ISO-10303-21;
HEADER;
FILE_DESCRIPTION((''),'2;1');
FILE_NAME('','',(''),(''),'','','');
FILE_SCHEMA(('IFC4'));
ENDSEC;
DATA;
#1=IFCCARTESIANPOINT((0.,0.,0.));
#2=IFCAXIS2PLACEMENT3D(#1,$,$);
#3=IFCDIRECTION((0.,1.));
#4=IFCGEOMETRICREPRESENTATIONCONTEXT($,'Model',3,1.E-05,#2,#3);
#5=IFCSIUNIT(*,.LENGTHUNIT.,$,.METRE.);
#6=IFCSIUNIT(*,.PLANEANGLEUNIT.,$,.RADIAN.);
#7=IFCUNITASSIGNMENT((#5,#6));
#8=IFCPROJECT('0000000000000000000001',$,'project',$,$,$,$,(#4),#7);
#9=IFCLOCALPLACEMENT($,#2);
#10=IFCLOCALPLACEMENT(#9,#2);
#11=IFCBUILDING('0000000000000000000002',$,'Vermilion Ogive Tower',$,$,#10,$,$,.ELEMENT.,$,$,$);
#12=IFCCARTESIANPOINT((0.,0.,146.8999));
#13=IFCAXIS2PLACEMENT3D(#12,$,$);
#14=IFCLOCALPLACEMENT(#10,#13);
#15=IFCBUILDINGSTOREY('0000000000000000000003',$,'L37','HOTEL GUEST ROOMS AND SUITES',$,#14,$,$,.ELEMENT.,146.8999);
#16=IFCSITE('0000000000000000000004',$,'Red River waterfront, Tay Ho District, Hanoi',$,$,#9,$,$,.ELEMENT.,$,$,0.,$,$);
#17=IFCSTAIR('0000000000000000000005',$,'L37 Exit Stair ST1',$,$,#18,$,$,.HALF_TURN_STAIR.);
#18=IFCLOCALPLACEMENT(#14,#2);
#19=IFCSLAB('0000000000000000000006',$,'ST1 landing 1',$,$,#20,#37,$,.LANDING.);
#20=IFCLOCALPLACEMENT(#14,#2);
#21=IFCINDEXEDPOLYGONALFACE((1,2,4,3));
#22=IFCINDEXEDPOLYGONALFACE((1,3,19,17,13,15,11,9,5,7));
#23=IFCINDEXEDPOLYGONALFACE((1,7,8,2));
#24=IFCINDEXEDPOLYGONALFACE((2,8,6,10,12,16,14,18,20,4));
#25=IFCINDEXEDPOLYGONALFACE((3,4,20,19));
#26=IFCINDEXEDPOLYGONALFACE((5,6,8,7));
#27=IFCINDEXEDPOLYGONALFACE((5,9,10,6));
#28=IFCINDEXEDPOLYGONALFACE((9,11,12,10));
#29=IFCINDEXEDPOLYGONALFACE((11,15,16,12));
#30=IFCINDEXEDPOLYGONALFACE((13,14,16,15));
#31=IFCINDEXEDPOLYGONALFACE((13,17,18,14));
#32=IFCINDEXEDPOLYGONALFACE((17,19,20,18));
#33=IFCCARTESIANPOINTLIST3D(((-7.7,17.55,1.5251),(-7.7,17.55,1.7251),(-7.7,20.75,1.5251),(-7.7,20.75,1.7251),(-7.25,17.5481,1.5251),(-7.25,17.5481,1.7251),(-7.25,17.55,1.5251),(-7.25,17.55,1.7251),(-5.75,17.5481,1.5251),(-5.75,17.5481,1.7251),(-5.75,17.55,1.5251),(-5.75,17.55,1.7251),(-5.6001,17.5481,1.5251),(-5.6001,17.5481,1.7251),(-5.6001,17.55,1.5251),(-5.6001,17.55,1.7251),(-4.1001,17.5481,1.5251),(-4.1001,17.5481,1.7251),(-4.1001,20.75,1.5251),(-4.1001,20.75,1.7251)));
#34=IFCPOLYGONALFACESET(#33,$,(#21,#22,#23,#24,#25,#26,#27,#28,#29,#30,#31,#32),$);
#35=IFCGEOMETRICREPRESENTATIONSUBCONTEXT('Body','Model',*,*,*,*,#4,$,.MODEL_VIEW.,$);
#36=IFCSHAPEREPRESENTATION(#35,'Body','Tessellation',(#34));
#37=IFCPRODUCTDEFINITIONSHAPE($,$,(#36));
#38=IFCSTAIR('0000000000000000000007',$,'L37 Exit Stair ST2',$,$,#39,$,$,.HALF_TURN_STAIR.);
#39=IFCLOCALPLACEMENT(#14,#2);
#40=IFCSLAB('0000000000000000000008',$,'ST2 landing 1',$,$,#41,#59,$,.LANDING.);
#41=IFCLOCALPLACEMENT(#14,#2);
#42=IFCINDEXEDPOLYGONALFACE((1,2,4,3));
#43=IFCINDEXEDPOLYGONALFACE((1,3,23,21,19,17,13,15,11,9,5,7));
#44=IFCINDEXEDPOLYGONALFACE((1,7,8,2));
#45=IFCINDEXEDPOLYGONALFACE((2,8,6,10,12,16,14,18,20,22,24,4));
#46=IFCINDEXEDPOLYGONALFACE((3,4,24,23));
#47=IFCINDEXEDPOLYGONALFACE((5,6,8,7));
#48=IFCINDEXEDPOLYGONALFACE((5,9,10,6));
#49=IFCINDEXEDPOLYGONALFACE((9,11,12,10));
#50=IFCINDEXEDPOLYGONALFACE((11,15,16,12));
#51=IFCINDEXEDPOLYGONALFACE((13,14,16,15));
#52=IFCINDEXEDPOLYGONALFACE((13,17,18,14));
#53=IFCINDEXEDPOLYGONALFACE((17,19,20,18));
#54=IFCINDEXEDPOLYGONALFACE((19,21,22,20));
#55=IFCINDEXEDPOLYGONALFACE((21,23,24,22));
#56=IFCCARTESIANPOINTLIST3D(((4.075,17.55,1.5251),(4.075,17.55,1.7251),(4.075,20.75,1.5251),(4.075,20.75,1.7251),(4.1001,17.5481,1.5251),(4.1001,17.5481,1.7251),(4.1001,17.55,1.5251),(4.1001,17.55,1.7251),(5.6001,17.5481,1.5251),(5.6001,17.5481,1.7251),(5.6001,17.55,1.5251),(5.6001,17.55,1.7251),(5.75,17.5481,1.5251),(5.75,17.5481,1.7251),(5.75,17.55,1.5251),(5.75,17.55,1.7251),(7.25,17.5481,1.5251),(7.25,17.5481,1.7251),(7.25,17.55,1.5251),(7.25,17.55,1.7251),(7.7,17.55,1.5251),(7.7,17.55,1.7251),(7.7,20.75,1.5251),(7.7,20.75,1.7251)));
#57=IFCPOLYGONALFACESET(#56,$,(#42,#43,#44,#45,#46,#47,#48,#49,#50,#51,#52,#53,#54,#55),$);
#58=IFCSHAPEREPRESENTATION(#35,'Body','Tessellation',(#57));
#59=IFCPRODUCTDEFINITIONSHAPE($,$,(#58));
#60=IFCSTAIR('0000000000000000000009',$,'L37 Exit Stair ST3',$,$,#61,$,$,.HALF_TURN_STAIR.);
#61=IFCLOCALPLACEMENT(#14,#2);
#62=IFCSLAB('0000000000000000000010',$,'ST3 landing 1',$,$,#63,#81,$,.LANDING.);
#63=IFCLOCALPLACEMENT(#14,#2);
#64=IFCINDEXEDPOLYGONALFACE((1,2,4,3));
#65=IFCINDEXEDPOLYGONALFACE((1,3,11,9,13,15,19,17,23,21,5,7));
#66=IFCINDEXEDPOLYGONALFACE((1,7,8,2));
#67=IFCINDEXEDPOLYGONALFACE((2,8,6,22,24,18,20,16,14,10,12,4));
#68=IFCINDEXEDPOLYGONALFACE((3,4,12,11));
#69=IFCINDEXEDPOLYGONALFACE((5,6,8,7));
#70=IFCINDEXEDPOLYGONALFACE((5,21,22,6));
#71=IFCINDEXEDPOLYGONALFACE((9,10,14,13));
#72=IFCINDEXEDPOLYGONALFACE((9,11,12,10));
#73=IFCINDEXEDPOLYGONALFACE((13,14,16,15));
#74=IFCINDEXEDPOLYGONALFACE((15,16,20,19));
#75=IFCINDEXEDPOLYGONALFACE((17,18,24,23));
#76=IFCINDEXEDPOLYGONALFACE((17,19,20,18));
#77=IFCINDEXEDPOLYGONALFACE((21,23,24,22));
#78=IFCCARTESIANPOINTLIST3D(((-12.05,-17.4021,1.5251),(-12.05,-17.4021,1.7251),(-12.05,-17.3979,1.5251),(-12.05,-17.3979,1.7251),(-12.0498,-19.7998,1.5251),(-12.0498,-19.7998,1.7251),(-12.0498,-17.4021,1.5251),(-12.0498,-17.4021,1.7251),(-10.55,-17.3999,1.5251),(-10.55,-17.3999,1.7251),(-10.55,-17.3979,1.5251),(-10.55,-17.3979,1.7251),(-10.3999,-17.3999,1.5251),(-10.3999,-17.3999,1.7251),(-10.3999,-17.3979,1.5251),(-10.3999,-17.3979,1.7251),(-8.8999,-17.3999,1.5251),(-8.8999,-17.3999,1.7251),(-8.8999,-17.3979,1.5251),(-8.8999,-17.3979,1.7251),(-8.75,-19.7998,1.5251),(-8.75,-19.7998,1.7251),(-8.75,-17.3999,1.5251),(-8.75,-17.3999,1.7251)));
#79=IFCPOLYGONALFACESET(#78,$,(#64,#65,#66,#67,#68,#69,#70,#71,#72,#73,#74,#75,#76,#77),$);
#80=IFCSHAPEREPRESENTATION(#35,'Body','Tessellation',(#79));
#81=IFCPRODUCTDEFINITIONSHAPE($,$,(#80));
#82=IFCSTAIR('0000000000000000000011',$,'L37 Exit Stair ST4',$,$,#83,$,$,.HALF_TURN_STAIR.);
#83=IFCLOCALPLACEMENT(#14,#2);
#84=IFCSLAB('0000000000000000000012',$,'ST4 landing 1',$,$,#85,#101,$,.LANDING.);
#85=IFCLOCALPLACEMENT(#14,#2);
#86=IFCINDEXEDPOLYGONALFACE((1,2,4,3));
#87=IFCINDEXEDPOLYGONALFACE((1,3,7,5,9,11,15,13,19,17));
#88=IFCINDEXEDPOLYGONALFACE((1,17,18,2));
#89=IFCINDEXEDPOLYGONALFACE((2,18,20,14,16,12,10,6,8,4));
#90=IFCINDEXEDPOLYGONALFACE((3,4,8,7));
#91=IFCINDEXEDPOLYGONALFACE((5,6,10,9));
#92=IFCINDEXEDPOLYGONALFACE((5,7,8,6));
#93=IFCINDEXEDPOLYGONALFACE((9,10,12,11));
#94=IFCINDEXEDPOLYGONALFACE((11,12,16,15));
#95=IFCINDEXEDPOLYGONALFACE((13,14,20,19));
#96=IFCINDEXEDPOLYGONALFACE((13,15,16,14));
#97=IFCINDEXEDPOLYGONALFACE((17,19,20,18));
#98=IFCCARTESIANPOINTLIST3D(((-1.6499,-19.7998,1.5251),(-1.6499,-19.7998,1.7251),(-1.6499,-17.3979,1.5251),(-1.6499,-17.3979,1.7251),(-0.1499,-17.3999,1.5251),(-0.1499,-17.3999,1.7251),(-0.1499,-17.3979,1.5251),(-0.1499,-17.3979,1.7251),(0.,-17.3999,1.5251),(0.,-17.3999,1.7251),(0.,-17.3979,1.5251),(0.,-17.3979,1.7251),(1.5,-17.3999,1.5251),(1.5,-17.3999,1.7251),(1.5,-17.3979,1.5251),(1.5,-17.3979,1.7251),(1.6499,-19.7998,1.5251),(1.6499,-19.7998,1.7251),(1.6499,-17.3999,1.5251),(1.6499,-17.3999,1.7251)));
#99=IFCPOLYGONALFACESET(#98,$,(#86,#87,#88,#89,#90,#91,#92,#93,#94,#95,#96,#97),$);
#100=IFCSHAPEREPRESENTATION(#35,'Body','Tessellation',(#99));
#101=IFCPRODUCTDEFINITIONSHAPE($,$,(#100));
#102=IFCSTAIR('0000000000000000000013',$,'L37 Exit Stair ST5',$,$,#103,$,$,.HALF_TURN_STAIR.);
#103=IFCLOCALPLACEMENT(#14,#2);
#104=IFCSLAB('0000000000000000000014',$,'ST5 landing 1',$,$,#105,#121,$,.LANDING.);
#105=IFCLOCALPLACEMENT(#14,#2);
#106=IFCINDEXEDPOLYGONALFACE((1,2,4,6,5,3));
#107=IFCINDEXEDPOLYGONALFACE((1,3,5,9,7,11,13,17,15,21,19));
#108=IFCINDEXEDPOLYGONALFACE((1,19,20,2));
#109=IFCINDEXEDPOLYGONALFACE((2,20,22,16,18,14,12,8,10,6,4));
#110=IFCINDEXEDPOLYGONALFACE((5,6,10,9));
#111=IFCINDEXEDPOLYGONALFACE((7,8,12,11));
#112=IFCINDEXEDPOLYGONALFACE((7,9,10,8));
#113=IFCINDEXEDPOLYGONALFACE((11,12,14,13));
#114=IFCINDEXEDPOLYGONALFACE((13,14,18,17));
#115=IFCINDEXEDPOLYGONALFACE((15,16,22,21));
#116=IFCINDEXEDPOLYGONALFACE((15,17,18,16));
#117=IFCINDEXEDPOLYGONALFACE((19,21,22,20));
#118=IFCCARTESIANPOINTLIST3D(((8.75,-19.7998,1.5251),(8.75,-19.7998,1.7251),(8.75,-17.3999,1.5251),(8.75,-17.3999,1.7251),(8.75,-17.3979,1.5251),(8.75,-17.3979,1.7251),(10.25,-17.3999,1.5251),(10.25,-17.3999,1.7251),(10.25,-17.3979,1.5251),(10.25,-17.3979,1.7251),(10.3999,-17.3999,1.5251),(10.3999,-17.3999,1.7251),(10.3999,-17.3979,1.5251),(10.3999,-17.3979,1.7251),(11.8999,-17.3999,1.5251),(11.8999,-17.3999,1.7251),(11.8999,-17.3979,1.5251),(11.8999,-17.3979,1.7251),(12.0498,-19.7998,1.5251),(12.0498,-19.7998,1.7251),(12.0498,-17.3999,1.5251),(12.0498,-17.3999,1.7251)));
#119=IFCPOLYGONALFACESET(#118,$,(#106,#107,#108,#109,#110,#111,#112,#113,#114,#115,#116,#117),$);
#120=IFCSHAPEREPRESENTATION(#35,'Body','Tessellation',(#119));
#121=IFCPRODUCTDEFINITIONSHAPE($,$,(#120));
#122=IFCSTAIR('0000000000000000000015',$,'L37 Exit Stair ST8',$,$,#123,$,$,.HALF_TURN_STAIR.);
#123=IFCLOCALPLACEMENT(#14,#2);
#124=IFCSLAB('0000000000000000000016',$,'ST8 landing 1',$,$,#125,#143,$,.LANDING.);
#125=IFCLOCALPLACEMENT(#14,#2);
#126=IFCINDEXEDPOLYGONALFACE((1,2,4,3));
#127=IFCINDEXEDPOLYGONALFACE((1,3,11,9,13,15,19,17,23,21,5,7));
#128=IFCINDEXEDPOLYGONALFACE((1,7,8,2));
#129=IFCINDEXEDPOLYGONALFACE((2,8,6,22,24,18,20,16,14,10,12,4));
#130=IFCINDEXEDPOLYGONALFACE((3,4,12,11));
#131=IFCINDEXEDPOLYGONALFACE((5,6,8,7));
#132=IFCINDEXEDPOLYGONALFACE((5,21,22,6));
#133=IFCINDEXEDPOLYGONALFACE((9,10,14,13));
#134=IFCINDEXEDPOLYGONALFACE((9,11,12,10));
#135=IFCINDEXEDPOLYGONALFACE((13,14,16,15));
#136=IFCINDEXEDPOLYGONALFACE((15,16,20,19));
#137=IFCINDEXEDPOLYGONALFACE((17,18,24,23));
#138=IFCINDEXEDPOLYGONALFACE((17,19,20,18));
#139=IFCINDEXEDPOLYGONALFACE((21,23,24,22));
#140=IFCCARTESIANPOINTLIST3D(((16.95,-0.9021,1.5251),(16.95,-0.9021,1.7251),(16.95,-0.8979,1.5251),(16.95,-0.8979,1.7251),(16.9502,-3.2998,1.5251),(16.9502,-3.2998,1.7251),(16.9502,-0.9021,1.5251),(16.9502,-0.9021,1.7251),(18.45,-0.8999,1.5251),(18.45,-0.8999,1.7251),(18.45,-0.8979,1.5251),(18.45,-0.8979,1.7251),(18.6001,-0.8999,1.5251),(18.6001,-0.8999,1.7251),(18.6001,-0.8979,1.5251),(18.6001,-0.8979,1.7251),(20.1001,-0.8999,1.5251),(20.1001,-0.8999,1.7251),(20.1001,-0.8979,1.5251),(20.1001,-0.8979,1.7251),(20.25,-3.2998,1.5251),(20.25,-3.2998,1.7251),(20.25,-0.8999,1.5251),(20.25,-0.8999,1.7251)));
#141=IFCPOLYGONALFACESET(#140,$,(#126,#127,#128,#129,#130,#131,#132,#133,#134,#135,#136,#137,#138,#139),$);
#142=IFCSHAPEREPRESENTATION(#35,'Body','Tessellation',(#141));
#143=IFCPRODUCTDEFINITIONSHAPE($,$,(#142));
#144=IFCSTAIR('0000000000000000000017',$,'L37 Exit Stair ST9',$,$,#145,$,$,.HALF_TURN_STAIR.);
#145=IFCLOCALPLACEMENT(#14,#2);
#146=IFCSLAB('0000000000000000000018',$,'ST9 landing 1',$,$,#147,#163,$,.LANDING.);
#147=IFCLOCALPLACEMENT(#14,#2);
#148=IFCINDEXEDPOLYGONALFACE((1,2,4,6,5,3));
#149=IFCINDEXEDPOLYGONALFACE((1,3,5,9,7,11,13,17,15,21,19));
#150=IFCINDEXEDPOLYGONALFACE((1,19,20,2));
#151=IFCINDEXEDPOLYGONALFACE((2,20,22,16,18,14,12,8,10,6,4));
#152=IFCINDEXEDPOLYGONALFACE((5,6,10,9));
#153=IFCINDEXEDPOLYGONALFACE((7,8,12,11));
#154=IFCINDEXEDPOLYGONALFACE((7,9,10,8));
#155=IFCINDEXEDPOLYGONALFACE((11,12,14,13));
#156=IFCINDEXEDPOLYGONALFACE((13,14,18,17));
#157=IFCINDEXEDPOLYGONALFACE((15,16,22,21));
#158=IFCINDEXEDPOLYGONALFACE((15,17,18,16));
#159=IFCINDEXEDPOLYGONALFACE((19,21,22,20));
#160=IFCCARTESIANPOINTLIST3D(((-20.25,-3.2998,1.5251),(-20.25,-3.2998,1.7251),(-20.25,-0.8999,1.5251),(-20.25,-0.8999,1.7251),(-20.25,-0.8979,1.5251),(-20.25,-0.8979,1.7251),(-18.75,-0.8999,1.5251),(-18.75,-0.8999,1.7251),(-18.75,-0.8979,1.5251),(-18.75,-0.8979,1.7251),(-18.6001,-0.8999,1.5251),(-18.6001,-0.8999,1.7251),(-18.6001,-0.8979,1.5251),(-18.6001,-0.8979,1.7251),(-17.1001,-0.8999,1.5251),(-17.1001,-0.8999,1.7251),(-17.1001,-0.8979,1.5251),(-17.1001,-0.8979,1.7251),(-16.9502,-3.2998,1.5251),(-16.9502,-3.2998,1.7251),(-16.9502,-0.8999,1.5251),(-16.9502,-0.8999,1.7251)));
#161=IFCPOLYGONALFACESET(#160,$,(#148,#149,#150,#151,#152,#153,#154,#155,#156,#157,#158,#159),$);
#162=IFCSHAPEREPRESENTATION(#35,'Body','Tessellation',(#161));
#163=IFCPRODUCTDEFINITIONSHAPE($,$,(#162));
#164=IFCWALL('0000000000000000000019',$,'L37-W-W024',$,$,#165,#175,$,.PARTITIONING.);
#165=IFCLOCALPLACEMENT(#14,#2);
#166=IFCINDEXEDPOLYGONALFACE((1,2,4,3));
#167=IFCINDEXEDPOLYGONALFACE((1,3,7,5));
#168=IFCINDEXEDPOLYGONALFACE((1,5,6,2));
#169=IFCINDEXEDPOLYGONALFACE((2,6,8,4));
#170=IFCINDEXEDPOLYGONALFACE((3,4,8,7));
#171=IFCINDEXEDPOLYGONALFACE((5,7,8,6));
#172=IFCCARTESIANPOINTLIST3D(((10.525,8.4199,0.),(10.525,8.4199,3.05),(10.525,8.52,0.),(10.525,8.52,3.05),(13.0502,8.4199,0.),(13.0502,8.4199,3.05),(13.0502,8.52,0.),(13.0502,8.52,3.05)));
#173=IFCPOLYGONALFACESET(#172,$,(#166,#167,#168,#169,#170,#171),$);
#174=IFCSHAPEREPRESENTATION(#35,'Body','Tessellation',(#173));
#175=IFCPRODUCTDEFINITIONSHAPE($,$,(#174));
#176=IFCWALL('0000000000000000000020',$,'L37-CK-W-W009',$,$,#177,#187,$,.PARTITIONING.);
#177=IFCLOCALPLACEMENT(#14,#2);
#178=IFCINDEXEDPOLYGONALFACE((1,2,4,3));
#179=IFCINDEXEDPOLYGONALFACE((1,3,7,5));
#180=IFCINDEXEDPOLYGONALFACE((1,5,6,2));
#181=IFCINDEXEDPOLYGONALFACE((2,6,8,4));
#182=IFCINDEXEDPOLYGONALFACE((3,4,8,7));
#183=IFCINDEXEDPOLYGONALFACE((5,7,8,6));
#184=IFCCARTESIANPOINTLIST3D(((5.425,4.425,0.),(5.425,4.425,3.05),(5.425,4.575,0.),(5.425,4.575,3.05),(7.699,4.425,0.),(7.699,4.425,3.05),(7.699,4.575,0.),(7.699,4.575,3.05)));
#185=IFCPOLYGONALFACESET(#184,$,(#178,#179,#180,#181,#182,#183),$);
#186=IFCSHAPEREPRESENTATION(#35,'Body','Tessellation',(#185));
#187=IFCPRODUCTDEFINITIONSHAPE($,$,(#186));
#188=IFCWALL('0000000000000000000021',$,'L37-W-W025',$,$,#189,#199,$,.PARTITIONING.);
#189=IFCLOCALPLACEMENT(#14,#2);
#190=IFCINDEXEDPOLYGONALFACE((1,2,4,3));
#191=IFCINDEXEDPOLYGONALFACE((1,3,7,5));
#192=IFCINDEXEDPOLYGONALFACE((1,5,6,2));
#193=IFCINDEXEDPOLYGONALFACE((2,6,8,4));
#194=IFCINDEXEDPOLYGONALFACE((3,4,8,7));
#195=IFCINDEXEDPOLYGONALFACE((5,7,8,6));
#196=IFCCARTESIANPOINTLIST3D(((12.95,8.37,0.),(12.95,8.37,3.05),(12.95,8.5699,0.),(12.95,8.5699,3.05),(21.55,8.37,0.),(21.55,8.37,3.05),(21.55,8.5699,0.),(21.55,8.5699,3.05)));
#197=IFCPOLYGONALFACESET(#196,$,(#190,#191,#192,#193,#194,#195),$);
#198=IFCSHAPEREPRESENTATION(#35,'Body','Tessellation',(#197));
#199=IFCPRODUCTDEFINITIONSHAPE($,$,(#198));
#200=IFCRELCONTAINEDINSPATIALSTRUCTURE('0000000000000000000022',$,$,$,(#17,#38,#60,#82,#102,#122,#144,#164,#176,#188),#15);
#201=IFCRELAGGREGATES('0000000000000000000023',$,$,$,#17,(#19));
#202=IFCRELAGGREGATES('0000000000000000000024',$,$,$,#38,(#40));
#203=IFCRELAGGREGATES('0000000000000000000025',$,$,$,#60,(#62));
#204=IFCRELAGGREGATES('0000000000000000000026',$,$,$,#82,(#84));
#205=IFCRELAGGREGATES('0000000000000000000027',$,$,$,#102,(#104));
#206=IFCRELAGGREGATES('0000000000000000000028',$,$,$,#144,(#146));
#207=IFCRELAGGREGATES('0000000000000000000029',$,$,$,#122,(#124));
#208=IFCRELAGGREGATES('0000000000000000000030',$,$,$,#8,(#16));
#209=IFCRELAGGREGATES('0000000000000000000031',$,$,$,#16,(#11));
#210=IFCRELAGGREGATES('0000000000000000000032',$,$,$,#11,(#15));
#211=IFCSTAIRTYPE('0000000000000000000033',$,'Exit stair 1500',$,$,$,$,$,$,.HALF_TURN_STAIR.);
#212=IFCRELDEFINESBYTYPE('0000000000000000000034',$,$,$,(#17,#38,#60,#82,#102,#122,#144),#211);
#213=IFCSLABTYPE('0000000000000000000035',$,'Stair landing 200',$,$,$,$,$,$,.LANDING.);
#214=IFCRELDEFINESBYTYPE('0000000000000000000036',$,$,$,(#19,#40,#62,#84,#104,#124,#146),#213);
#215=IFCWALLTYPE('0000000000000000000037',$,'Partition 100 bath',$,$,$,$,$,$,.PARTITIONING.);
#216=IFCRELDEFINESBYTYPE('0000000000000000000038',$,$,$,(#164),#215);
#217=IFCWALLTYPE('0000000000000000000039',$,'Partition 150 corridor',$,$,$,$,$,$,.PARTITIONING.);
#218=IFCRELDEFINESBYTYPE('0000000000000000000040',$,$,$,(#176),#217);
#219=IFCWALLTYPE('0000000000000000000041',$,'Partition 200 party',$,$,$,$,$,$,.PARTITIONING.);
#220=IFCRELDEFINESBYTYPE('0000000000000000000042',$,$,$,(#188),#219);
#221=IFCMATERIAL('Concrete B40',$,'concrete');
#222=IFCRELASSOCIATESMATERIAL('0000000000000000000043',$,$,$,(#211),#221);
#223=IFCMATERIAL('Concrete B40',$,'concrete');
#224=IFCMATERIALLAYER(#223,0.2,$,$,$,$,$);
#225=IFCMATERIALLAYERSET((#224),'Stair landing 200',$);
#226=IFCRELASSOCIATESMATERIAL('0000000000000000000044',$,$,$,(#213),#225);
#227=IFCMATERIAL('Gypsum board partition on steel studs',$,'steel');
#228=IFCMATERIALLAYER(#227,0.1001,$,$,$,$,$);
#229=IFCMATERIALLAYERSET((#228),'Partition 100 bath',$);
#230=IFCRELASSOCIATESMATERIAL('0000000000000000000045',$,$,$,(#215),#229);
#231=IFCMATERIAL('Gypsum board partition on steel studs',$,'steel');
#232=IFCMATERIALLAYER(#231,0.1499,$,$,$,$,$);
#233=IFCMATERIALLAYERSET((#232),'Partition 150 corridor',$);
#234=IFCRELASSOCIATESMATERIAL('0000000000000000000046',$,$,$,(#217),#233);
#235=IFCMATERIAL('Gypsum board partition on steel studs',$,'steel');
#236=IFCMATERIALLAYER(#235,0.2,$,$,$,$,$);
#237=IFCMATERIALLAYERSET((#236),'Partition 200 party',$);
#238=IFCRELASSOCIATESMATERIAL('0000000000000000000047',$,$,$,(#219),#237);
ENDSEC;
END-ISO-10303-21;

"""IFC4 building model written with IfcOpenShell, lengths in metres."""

from ifc_helpers import new_model, si_unit, direction, frame, frame_2d, origin, place, context, subcontext, project, spatial, polyline, rectangle, outline, extrude, material, layer, layer_set, type_object, element, aggregate, save


model = new_model("IFC4")

# Units and contexts
model_context = context("Model", 3, precision=1e-05, world=origin(), true_north=direction((0.0, 1.0)))
body_context = subcontext(model_context, "Body", "Model", "MODEL_VIEW")
ifc_project = project(units=[si_unit("LENGTHUNIT", "METRE"), si_unit("PLANEANGLEUNIT", "RADIAN")], contexts=[model_context])

# Site, building, storey
site_placement = place(None, origin())
site = spatial("IfcSite", under=ifc_project, at=site_placement, Name="Red River waterfront, Tay Ho District, Hanoi", CompositionType="ELEMENT", RefElevation=0.0)
building_placement = place(site_placement, origin())
building = spatial("IfcBuilding", under=site, at=building_placement, Name="Vermilion Ogive Tower", CompositionType="ELEMENT")
storey_placement = place(building_placement, frame((0.0, 0.0, 146.8999)))
storey = spatial("IfcBuildingStorey", under=building, at=storey_placement, Name="L37", Description="HOTEL GUEST ROOMS AND SUITES", CompositionType="ELEMENT", Elevation=146.8999)

# Stairs, slabs
ifc_material_1 = material(Name="Concrete B40", Category="concrete")
stair_type = type_object("IfcStairType", Name="Exit stair 1500", PredefinedType="HALF_TURN_STAIR", material=ifc_material_1)
stair_1_placement = place(storey_placement, origin())
stair_1 = element("IfcStair", 1, at=stair_1_placement, inside=storey, type_object=stair_type, Name="L37 Exit Stair ST1", PredefinedType="HALF_TURN_STAIR")
ifc_material_2 = material(Name="Concrete B40", Category="concrete")
ifc_layer_1 = layer(ifc_material_2, 0.2)
ifc_layer_set_1 = layer_set([ifc_layer_1], Name="Stair landing 200")
slab_type_1 = type_object("IfcSlabType", Name="Stair landing 200", PredefinedType="LANDING", material=ifc_layer_set_1)
slab_1_placement = place(storey_placement, frame((0.0, 0.0, 1.5251)))
slab_1 = element("IfcSlab", 2, at=slab_1_placement, type_object=slab_type_1, Name="ST1 landing 1", PredefinedType="LANDING", context=body_context, shape_type="SweptSolid", body=[
    extrude(outline(polyline([(-7.7, 17.55), (-7.25, 17.55), (-7.25, 17.5481), (-5.75, 17.5481), (-5.75, 17.55), (-5.6001, 17.55), (-5.6001, 17.5481), (-4.1001, 17.5481), (-4.1001, 20.75), (-7.7, 20.75), (-7.7, 17.55)])), origin(), (0.0, 0.0, 1.0), 0.2),
])
aggregate(stair_1, [slab_1])
stair_2_placement = place(storey_placement, origin())
stair_2 = element("IfcStair", 3, at=stair_2_placement, inside=storey, type_object=stair_type, Name="L37 Exit Stair ST2", PredefinedType="HALF_TURN_STAIR")
slab_2_placement = place(storey_placement, frame((0.0, 0.0, 1.5251)))
slab_2 = element("IfcSlab", 4, at=slab_2_placement, type_object=slab_type_1, Name="ST2 landing 1", PredefinedType="LANDING", context=body_context, shape_type="SweptSolid", body=[
    extrude(outline(polyline([(5.6001, 17.55), (5.75, 17.55), (5.75, 17.5481), (7.25, 17.5481), (7.25, 17.55), (7.7, 17.55), (7.7, 20.75), (4.075, 20.75), (4.075, 17.55), (4.1001, 17.55), (4.1001, 17.5481), (5.6001, 17.5481), (5.6001, 17.55)])), origin(), (0.0, 0.0, 1.0), 0.2),
])
aggregate(stair_2, [slab_2])
stair_3_placement = place(storey_placement, origin())
stair_3 = element("IfcStair", 5, at=stair_3_placement, inside=storey, type_object=stair_type, Name="L37 Exit Stair ST3", PredefinedType="HALF_TURN_STAIR")
slab_3_placement = place(storey_placement, frame((0.0, 0.0, 1.5251)))
slab_3 = element("IfcSlab", 6, at=slab_3_placement, type_object=slab_type_1, Name="ST3 landing 1", PredefinedType="LANDING", context=body_context, shape_type="SweptSolid", body=[
    extrude(outline(polyline([(-8.75, -17.3999), (-8.8999, -17.3999), (-8.8999, -17.3979), (-10.3999, -17.3979), (-10.3999, -17.3999), (-10.55, -17.3999), (-10.55, -17.3979), (-12.05, -17.3979), (-12.05, -17.4021), (-12.0498, -17.4021), (-12.0498, -19.7998), (-8.75, -19.7998), (-8.75, -17.3999)])), origin(), (0.0, 0.0, 1.0), 0.2),
])
aggregate(stair_3, [slab_3])
stair_4_placement = place(storey_placement, origin())
stair_4 = element("IfcStair", 7, at=stair_4_placement, inside=storey, type_object=stair_type, Name="L37 Exit Stair ST4", PredefinedType="HALF_TURN_STAIR")
slab_4_placement = place(storey_placement, frame((0.0, 0.0, 1.5251)))
slab_4 = element("IfcSlab", 8, at=slab_4_placement, type_object=slab_type_1, Name="ST4 landing 1", PredefinedType="LANDING", context=body_context, shape_type="SweptSolid", body=[
    extrude(outline(polyline([(1.6499, -17.3999), (1.5, -17.3999), (1.5, -17.3979), (0.0, -17.3979), (0.0, -17.3999), (-0.1499, -17.3999), (-0.1499, -17.3979), (-1.6499, -17.3979), (-1.6499, -19.7998), (1.6499, -19.7998), (1.6499, -17.3999)])), origin(), (0.0, 0.0, 1.0), 0.2),
])
aggregate(stair_4, [slab_4])
stair_5_placement = place(storey_placement, origin())
stair_5 = element("IfcStair", 9, at=stair_5_placement, inside=storey, type_object=stair_type, Name="L37 Exit Stair ST5", PredefinedType="HALF_TURN_STAIR")
slab_5_placement = place(storey_placement, frame((0.0, 0.0, 1.5251)))
slab_5 = element("IfcSlab", 10, at=slab_5_placement, type_object=slab_type_1, Name="ST5 landing 1", PredefinedType="LANDING", context=body_context, shape_type="SweptSolid", body=[
    extrude(outline(polyline([(12.0498, -17.3999), (11.8999, -17.3999), (11.8999, -17.3979), (10.3999, -17.3979), (10.3999, -17.3999), (10.25, -17.3999), (10.25, -17.3979), (8.75, -17.3979), (8.75, -17.3999), (8.75, -17.3999), (8.75, -19.7998), (12.0498, -19.7998), (12.0498, -17.3999)])), origin(), (0.0, 0.0, 1.0), 0.2),
])
aggregate(stair_5, [slab_5])
stair_6_placement = place(storey_placement, origin())
stair_6 = element("IfcStair", 11, at=stair_6_placement, inside=storey, type_object=stair_type, Name="L37 Exit Stair ST8", PredefinedType="HALF_TURN_STAIR")
slab_6_placement = place(storey_placement, frame((0.0, 0.0, 1.5251)))
slab_6 = element("IfcSlab", 12, at=slab_6_placement, type_object=slab_type_1, Name="ST8 landing 1", PredefinedType="LANDING", context=body_context, shape_type="SweptSolid", body=[
    extrude(outline(polyline([(20.25, -0.8999), (20.1001, -0.8999), (20.1001, -0.8979), (18.6001, -0.8979), (18.6001, -0.8999), (18.45, -0.8999), (18.45, -0.8979), (16.95, -0.8979), (16.95, -0.9021), (16.9502, -0.9021), (16.9502, -3.2998), (20.25, -3.2998), (20.25, -0.8999)])), origin(), (0.0, 0.0, 1.0), 0.2),
])
stair_7_placement = place(storey_placement, origin())
stair_7 = element("IfcStair", 13, at=stair_7_placement, inside=storey, type_object=stair_type, Name="L37 Exit Stair ST9", PredefinedType="HALF_TURN_STAIR")
slab_7_placement = place(storey_placement, frame((0.0, 0.0, 1.5251)))
slab_7 = element("IfcSlab", 14, at=slab_7_placement, type_object=slab_type_1, Name="ST9 landing 1", PredefinedType="LANDING", context=body_context, shape_type="SweptSolid", body=[
    extrude(outline(polyline([(-16.9502, -0.8999), (-17.1001, -0.8999), (-17.1001, -0.8979), (-18.6001, -0.8979), (-18.6001, -0.8999), (-18.75, -0.8999), (-18.75, -0.8979), (-20.25, -0.8979), (-20.25, -0.8999), (-20.25, -0.8999), (-20.25, -3.2998), (-16.9502, -3.2998), (-16.9502, -0.8999)])), origin(), (0.0, 0.0, 1.0), 0.2),
])
aggregate(stair_7, [slab_7])

# Walls
ifc_material_3 = material(Name="Gypsum board partition on steel studs", Category="steel")
ifc_layer_2 = layer(ifc_material_3, 0.1001)
ifc_layer_set_2 = layer_set([ifc_layer_2], Name="Partition 100 bath")
wall_type_1 = type_object("IfcWallType", Name="Partition 100 bath", PredefinedType="PARTITIONING", material=ifc_layer_set_2)
wall_1_placement = place(storey_placement, frame((10.5249, 8.47, 0.0), z_axis=(0.0, 0.0, 1.0), x_axis=(1.0, 0.0, 0.0)))
element("IfcWall", 15, at=wall_1_placement, inside=storey, type_object=wall_type_1, Name="L37-W-W024", PredefinedType="PARTITIONING", context=body_context, shape_type="SweptSolid", body=[
    extrude(rectangle(XDim=2.5251, YDim=0.1001, at=frame_2d((1.2627, 0.0))), origin(), (0.0, 0.0, 1.0), 3.05),
])
ifc_material_4 = material(Name="Gypsum board partition on steel studs", Category="steel")
ifc_layer_3 = layer(ifc_material_4, 0.1499)
ifc_layer_set_3 = layer_set([ifc_layer_3], Name="Partition 150 corridor")
wall_type_2 = type_object("IfcWallType", Name="Partition 150 corridor", PredefinedType="PARTITIONING", material=ifc_layer_set_3)
wall_2_placement = place(storey_placement, frame((5.425, 4.5, 0.0), z_axis=(0.0, 0.0, 1.0), x_axis=(1.0, 0.0, 0.0)))
element("IfcWall", 16, at=wall_2_placement, inside=storey, type_object=wall_type_2, Name="L37-CK-W-W009", PredefinedType="PARTITIONING", context=body_context, shape_type="SweptSolid", body=[
    extrude(rectangle(XDim=2.2739, YDim=0.1499, at=frame_2d((1.137, 0.0))), origin(), (0.0, 0.0, 1.0), 3.05),
])
ifc_material_5 = material(Name="Gypsum board partition on steel studs", Category="steel")
ifc_layer_4 = layer(ifc_material_5, 0.2)
ifc_layer_set_4 = layer_set([ifc_layer_4], Name="Partition 200 party")
wall_type_3 = type_object("IfcWallType", Name="Partition 200 party", PredefinedType="PARTITIONING", material=ifc_layer_set_4)
wall_3_placement = place(storey_placement, frame((12.95, 8.47, 0.0), z_axis=(0.0, 0.0, 1.0), x_axis=(1.0, 0.0, 0.0)))
element("IfcWall", 17, at=wall_3_placement, inside=storey, type_object=wall_type_3, Name="L37-W-W025", PredefinedType="PARTITIONING", context=body_context, shape_type="SweptSolid", body=[
    extrude(rectangle(XDim=8.6001, YDim=0.2, at=frame_2d((4.3, 0.0))), origin(), (0.0, 0.0, 1.0), 3.05),
])

aggregate(stair_6, [slab_6])

save(model, "model.ifc")
